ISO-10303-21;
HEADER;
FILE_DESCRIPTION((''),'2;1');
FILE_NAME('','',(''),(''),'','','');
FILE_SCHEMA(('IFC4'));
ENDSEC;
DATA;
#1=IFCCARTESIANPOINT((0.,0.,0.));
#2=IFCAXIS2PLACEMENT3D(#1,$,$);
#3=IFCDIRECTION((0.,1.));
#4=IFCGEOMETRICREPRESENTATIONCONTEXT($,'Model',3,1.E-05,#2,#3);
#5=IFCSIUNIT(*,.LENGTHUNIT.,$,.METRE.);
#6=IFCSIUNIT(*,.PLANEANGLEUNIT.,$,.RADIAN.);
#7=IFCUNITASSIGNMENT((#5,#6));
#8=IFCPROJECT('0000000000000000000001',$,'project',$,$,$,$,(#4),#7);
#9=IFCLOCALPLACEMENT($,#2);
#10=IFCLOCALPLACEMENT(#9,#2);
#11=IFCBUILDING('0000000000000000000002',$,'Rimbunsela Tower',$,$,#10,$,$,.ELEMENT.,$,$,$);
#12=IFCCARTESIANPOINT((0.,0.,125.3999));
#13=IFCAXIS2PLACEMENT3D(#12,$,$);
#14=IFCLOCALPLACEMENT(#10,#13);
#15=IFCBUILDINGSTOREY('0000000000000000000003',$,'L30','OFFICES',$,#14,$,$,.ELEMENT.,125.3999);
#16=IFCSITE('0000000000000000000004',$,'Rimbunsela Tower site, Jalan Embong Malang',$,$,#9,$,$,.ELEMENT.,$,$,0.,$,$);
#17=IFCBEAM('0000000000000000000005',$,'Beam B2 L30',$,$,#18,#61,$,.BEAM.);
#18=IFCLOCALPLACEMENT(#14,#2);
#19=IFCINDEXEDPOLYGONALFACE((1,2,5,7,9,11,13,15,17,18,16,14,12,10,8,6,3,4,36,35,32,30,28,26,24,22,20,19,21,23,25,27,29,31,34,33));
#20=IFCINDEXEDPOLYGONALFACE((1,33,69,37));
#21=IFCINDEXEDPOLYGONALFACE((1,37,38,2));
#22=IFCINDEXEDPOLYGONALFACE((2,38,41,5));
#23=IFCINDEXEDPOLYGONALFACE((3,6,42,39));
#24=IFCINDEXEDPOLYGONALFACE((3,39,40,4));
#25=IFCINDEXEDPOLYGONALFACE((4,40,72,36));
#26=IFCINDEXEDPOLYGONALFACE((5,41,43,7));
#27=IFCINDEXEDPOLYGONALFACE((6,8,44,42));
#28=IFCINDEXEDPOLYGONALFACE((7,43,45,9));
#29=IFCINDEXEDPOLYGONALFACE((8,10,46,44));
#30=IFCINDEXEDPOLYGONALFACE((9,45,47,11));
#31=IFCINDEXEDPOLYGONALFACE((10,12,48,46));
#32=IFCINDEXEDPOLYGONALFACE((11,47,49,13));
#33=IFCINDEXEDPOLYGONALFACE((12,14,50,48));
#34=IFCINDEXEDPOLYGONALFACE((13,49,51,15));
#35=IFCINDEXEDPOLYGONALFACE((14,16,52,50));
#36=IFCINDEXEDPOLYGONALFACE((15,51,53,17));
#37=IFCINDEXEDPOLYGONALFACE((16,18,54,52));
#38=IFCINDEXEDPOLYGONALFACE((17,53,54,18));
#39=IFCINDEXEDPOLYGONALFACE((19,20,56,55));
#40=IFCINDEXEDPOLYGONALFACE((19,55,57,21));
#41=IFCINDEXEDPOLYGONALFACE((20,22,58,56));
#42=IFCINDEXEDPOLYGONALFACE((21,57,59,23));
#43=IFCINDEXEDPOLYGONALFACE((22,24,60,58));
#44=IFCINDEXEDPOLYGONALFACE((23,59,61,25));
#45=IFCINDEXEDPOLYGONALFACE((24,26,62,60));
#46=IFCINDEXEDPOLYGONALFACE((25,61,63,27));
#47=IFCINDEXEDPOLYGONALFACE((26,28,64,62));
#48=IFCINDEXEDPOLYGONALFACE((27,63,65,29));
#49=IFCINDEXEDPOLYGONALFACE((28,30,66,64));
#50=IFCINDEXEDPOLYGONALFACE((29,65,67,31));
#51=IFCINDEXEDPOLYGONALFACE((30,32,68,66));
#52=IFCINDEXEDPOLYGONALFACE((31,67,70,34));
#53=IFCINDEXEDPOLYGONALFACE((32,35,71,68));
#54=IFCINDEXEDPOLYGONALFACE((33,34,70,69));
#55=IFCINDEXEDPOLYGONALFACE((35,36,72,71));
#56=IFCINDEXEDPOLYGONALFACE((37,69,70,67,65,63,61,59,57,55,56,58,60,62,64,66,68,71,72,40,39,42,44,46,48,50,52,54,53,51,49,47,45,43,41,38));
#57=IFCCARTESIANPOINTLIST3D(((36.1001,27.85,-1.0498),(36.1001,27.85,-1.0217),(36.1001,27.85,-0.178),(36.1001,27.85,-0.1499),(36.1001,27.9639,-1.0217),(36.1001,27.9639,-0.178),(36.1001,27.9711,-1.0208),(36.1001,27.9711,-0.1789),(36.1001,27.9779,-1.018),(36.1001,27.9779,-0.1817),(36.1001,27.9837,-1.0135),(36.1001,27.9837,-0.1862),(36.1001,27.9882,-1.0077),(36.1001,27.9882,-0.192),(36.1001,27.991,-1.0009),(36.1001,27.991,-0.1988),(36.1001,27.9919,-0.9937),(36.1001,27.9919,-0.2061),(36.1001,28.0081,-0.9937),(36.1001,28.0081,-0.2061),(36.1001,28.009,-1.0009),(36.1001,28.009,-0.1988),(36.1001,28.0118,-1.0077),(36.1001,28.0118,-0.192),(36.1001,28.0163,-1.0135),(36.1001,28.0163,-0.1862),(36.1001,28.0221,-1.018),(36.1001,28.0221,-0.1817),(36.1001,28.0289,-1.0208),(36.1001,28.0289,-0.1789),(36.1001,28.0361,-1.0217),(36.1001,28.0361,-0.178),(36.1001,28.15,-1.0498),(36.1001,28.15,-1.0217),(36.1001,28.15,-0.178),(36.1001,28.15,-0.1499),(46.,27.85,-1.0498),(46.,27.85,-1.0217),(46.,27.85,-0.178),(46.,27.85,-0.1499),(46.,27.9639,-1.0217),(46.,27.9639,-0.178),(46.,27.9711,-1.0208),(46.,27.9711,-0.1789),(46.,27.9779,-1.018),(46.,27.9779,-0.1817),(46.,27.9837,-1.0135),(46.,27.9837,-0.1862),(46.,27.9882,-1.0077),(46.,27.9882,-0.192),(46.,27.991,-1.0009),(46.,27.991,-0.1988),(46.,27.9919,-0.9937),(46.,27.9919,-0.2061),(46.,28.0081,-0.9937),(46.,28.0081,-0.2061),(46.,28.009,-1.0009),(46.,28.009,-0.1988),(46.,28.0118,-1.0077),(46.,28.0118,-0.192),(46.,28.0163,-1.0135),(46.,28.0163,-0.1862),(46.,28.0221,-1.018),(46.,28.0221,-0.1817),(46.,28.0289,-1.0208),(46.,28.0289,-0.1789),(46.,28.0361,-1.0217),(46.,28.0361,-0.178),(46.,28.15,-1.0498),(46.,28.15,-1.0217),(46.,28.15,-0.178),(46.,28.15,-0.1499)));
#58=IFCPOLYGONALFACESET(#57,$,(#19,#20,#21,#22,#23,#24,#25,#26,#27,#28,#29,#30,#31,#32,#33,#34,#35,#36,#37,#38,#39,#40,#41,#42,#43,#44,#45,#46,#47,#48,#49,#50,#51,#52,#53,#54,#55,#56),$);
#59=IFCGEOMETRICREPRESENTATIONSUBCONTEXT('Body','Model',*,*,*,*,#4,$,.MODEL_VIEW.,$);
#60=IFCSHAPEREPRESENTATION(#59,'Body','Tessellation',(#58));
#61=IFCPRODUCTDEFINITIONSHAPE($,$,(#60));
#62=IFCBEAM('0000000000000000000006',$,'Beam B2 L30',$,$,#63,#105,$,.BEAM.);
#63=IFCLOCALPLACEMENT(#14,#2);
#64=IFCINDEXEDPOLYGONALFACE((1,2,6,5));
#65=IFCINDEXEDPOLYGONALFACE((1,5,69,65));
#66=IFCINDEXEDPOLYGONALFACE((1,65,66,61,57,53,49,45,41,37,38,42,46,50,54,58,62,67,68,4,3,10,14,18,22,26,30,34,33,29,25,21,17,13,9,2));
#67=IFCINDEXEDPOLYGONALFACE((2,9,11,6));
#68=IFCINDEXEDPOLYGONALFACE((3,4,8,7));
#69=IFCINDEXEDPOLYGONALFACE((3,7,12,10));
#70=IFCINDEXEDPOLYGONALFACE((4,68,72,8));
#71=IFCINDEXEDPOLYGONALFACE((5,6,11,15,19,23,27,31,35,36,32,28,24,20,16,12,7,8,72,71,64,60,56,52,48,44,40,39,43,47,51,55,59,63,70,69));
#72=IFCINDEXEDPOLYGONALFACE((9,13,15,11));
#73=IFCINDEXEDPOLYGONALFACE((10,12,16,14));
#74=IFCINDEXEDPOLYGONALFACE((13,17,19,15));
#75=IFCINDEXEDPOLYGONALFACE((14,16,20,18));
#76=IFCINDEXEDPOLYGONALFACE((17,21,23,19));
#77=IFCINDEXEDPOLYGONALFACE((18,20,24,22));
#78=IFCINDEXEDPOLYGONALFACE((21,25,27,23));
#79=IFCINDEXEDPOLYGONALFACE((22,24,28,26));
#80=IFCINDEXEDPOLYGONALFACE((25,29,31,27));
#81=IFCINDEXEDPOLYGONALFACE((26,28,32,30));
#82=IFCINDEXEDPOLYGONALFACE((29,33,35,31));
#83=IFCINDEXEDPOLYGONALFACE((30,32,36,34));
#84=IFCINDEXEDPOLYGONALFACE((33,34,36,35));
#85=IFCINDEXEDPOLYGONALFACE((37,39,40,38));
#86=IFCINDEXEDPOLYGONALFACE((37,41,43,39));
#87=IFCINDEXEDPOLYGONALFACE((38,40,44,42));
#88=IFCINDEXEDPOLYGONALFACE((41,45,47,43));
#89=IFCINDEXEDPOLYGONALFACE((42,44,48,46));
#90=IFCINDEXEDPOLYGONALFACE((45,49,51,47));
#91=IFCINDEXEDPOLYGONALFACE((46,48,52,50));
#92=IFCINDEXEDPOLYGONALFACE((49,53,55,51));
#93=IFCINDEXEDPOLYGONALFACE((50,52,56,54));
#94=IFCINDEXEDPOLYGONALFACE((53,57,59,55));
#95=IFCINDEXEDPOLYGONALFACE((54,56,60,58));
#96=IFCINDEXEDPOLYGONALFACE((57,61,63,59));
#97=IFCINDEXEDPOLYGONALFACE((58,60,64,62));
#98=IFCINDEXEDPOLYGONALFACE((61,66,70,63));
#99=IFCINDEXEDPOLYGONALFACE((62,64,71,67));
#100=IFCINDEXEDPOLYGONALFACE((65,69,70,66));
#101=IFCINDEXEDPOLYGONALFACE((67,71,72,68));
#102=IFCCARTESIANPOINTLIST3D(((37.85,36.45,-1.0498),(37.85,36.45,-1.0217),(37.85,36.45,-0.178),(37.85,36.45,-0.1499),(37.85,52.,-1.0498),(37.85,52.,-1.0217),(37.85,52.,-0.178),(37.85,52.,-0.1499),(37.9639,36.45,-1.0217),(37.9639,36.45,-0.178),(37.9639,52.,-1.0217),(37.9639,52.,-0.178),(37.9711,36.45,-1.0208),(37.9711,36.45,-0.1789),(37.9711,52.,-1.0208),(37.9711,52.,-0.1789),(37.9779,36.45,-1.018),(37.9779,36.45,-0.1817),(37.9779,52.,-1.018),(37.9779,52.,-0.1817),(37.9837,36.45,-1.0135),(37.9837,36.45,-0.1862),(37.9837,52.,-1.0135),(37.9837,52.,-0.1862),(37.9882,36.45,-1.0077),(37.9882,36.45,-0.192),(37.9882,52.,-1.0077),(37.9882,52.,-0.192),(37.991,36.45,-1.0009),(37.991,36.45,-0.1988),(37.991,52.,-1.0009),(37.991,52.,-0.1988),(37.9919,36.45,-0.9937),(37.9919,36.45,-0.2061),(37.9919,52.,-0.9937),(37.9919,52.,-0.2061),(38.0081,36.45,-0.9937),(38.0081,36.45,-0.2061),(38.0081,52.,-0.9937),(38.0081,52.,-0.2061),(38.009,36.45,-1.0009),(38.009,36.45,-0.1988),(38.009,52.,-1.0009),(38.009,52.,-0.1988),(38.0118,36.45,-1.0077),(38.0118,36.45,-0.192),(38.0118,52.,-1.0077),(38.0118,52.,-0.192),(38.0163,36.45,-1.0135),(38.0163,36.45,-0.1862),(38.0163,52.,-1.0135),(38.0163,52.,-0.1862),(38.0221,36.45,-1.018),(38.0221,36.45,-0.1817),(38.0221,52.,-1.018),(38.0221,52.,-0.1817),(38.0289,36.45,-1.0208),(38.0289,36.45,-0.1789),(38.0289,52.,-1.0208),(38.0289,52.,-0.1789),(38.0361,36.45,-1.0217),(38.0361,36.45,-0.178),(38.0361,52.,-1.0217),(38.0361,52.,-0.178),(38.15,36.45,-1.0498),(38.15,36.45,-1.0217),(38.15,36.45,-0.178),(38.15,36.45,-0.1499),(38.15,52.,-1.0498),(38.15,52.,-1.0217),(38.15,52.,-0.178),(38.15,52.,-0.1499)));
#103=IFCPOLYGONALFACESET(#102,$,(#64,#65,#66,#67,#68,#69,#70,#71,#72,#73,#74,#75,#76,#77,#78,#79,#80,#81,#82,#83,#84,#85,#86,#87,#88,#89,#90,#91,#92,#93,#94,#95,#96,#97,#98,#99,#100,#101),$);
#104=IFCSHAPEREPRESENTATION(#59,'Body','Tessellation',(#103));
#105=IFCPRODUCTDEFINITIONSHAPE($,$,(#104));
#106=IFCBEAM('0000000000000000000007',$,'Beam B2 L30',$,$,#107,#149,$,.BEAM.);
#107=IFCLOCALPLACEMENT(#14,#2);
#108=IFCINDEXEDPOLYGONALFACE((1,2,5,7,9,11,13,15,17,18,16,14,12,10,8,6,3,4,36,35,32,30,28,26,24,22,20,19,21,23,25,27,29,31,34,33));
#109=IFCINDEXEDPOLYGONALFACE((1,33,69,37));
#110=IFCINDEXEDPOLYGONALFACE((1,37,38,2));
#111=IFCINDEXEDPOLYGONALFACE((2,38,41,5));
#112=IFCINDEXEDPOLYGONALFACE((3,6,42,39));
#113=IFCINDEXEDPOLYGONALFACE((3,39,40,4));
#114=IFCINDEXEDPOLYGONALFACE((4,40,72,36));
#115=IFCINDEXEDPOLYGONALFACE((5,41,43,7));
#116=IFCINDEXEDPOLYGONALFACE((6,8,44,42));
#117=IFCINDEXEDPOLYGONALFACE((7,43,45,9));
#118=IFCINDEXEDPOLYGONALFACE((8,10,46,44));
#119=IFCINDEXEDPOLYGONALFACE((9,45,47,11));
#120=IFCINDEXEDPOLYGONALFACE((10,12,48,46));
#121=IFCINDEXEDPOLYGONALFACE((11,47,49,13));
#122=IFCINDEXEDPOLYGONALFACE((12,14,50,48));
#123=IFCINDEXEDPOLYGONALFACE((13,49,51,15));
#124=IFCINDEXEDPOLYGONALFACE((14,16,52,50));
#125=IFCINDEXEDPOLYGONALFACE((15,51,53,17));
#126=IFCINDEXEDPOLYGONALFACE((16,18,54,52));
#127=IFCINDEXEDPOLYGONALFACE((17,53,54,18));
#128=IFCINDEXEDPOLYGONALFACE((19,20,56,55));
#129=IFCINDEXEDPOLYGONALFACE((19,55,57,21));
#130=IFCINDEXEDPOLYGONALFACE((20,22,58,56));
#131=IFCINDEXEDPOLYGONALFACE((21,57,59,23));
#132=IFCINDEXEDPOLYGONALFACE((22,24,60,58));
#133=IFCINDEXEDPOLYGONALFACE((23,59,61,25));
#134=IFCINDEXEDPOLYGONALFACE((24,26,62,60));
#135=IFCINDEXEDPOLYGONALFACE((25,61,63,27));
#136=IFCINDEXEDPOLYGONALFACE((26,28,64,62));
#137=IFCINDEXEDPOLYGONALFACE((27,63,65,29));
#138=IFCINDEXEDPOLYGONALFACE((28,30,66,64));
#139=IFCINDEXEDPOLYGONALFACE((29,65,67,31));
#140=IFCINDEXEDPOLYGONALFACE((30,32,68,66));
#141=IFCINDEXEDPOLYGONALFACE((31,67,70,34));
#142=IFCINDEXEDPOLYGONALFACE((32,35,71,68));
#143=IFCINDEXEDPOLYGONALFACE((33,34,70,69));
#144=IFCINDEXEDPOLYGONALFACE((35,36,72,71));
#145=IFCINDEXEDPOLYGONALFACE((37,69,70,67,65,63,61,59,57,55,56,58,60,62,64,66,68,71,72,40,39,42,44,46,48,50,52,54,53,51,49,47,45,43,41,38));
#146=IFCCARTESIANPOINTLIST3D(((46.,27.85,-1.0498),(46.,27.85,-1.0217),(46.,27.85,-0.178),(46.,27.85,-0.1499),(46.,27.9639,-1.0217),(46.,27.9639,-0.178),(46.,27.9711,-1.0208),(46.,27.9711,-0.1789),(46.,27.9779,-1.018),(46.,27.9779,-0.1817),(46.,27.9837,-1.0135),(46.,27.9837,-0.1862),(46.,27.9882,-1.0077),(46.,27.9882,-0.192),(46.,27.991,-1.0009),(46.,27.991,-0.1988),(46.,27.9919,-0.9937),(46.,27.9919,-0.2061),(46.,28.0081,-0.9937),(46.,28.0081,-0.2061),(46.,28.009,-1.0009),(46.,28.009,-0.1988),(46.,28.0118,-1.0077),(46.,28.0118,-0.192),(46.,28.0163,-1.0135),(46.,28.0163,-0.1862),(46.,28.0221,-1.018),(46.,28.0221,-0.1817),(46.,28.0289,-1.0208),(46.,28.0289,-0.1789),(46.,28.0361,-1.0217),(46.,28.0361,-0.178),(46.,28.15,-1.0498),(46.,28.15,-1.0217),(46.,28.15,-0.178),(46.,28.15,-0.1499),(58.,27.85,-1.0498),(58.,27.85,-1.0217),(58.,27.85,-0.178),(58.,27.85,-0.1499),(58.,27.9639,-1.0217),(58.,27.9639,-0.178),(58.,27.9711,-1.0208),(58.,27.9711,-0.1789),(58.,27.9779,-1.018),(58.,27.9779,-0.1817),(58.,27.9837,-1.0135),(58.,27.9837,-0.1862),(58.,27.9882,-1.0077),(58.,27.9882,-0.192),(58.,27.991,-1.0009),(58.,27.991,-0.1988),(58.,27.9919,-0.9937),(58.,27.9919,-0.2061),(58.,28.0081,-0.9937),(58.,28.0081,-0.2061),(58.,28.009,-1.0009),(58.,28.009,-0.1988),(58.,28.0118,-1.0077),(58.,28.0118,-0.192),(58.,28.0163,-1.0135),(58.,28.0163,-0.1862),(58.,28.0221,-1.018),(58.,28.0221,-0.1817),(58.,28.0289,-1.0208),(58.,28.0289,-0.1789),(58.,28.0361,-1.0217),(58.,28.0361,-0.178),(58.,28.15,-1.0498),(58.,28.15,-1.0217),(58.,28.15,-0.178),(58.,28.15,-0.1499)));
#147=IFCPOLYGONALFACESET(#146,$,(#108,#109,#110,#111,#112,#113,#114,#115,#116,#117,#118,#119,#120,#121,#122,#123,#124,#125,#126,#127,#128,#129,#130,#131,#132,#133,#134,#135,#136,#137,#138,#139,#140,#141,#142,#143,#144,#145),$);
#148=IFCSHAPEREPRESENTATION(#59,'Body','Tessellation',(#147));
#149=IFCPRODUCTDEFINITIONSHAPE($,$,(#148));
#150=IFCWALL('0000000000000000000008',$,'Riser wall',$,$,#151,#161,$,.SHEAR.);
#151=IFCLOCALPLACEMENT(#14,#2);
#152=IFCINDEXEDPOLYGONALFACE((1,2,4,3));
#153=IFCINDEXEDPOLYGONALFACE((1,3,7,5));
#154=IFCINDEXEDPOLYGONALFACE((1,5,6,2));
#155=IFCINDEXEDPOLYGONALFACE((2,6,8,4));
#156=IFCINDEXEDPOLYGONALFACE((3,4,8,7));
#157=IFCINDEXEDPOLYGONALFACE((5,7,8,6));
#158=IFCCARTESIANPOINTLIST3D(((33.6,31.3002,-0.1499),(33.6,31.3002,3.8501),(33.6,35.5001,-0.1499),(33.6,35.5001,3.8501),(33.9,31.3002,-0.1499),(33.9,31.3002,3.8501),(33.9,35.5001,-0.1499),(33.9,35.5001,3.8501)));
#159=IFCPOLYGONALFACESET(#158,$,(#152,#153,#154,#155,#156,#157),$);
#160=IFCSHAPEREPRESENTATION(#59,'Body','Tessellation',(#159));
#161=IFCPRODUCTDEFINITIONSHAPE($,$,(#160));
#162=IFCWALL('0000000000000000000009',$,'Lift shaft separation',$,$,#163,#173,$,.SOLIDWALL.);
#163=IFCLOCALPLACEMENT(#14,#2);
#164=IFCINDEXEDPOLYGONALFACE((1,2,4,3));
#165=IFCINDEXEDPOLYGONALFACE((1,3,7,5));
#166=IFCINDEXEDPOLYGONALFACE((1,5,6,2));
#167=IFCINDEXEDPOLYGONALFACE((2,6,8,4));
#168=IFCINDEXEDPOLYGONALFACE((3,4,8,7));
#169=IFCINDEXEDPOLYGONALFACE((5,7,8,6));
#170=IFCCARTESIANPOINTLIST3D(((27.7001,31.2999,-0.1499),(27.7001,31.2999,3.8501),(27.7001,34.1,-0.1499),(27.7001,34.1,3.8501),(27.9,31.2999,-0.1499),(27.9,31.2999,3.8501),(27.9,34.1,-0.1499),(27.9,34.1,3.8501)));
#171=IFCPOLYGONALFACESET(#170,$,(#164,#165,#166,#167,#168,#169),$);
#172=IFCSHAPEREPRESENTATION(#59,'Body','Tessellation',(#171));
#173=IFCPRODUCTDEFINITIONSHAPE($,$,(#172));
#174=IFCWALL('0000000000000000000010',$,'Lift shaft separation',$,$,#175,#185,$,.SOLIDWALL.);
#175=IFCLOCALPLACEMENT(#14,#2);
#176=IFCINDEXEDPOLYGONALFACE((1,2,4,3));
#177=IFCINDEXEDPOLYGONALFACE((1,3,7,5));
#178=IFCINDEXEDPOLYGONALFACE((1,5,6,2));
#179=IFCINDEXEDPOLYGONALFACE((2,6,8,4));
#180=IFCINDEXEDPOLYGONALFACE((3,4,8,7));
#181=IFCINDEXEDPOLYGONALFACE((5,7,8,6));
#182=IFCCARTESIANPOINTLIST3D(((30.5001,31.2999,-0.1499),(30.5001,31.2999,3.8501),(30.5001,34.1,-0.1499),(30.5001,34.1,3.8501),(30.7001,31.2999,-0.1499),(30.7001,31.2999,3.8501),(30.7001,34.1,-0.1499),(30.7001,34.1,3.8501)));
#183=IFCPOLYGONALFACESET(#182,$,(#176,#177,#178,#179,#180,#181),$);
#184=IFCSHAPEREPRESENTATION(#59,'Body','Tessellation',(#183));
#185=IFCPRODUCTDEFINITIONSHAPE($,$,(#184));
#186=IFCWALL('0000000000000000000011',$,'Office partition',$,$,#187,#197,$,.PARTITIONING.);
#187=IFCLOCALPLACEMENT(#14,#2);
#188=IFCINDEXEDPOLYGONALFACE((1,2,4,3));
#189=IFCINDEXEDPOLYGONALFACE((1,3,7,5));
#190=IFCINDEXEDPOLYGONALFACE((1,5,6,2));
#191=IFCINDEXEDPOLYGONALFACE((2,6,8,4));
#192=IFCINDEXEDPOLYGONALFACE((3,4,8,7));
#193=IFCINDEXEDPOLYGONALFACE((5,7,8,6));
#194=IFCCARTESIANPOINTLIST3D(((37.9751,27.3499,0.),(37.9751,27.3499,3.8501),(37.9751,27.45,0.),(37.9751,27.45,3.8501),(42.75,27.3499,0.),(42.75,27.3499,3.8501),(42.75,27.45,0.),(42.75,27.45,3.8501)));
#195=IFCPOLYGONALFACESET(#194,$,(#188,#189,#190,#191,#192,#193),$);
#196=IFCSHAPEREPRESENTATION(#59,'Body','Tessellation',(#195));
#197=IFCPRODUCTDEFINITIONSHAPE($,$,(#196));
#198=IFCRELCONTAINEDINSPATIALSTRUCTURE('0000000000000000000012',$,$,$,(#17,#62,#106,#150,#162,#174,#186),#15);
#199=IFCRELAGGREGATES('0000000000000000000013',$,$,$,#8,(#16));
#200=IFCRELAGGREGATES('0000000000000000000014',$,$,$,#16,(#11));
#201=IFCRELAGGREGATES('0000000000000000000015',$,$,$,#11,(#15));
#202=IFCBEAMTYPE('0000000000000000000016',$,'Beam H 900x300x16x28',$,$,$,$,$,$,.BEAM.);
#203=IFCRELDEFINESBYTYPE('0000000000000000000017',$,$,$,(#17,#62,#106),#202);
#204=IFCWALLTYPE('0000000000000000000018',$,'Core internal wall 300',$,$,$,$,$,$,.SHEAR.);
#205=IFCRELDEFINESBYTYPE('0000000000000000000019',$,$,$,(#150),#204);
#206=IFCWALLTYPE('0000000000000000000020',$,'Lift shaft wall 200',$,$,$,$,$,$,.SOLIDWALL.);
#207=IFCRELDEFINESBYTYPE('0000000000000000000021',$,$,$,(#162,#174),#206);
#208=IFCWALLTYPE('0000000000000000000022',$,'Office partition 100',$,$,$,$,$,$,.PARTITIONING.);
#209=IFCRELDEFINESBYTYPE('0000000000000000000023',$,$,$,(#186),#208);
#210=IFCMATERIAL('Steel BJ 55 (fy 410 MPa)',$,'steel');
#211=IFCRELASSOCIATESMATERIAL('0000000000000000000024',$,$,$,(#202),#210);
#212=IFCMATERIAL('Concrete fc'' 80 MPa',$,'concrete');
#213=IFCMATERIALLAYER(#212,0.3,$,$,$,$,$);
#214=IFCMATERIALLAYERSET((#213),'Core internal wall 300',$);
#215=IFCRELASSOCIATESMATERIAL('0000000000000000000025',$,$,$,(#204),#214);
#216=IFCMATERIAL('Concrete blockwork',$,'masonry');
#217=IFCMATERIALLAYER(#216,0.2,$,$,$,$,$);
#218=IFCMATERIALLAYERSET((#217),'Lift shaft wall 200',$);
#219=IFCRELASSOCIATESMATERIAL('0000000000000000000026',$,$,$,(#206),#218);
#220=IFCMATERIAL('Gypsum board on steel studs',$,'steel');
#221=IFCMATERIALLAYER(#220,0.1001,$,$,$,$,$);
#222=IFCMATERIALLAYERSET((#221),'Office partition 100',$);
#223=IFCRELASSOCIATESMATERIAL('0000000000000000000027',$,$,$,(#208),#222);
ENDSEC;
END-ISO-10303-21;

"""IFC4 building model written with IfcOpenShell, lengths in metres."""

from ifc_helpers import new_model, si_unit, direction, frame, frame_2d, origin, origin_2d, place, context, subcontext, project, spatial, rectangle, i_section, extrude, material, layer, layer_set, material_profile, profile_set, type_object, element, save


model = new_model("IFC4")

# Units and contexts
model_context = context("Model", 3, precision=1e-05, world=origin(), true_north=direction((0.0, 1.0)))
body_context = subcontext(model_context, "Body", "Model", "MODEL_VIEW")
ifc_project = project(units=[si_unit("LENGTHUNIT", "METRE"), si_unit("PLANEANGLEUNIT", "RADIAN")], contexts=[model_context])

# Site, building, storey
site_placement = place(None, origin())
site = spatial("IfcSite", under=ifc_project, at=site_placement, Name="Rimbunsela Tower site, Jalan Embong Malang", CompositionType="ELEMENT", RefElevation=0.0)
building_placement = place(site_placement, origin())
building = spatial("IfcBuilding", under=site, at=building_placement, Name="Rimbunsela Tower", CompositionType="ELEMENT")
storey_placement = place(building_placement, frame((0.0, 0.0, 125.3999)))
storey = spatial("IfcBuildingStorey", under=building, at=storey_placement, Name="L30", Description="OFFICES", CompositionType="ELEMENT", Elevation=125.3999)

# Beams
ifc_material_1 = material(Name="Steel BJ 55 (fy 410 MPa)", Category="steel")
ifc_material_profile_1 = material_profile(ifc_material_1, i_section(OverallWidth=0.3, OverallDepth=0.8999, WebThickness=0.0161, FlangeThickness=0.0281, FilletRadius=0.0281, at=origin_2d()), Name="H 900x300x16x28")
ifc_profile_set_1 = profile_set([ifc_material_profile_1], Name="Steel BJ 55 (fy 410 MPa)")
beam_type_1 = type_object("IfcBeamType", Name="Beam H 900x300x16x28", PredefinedType="BEAM", material=ifc_profile_set_1)
beam_1_placement = place(storey_placement, frame((36.1001, 28.0, -0.5999), z_axis=(1.0, 0.0, 0.0), x_axis=(0.0, 1.0, 0.0)))
element("IfcBeam", 1, at=beam_1_placement, inside=storey, type_object=beam_type_1, Name="Beam B2 L30", PredefinedType="BEAM", context=body_context, shape_type="SweptSolid", body=[
    extrude(i_section(OverallWidth=0.3, OverallDepth=0.8999, WebThickness=0.0161, FlangeThickness=0.0281, FilletRadius=0.0281, at=origin_2d()), origin(), (0.0, 0.0, 1.0), 9.8999),
])
beam_2_placement = place(storey_placement, frame((38.0, 36.45, -0.5999), z_axis=(0.0, 1.0, 0.0), x_axis=(-1.0, 0.0, 0.0)))
element("IfcBeam", 2, at=beam_2_placement, inside=storey, type_object=beam_type_1, Name="Beam B2 L30", PredefinedType="BEAM", context=body_context, shape_type="SweptSolid", body=[
    extrude(i_section(OverallWidth=0.3, OverallDepth=0.8999, WebThickness=0.0161, FlangeThickness=0.0281, FilletRadius=0.0281, at=origin_2d()), origin(), (0.0, 0.0, 1.0), 15.55),
])
beam_3_placement = place(storey_placement, frame((46.0, 28.0, -0.5999), z_axis=(1.0, 0.0, 0.0), x_axis=(0.0, 1.0, 0.0)))
element("IfcBeam", 3, at=beam_3_placement, inside=storey, type_object=beam_type_1, Name="Beam B2 L30", PredefinedType="BEAM", context=body_context, shape_type="SweptSolid", body=[
    extrude(i_section(OverallWidth=0.3, OverallDepth=0.8999, WebThickness=0.0161, FlangeThickness=0.0281, FilletRadius=0.0281, at=origin_2d()), origin(), (0.0, 0.0, 1.0), 12.0),
])

# Walls
ifc_material_2 = material(Name="Concrete fc' 80 MPa", Category="concrete")
ifc_layer_1 = layer(ifc_material_2, 0.3)
ifc_layer_set_1 = layer_set([ifc_layer_1], Name="Core internal wall 300")
wall_type_1 = type_object("IfcWallType", Name="Core internal wall 300", PredefinedType="SHEAR", material=ifc_layer_set_1)
wall_1_placement = place(storey_placement, frame((33.75, 31.3, -0.1499), z_axis=(0.0, 0.0, 1.0), x_axis=(0.0, 1.0, 0.0)))
element("IfcWall", 4, at=wall_1_placement, inside=storey, type_object=wall_type_1, Name="Riser wall", PredefinedType="SHEAR", context=body_context, shape_type="SweptSolid", body=[
    extrude(rectangle(XDim=4.2, YDim=0.3, at=frame_2d((2.1001, 0.0))), origin(), (0.0, 0.0, 1.0), 4.0),
])
ifc_material_3 = material(Name="Concrete blockwork", Category="masonry")
ifc_layer_2 = layer(ifc_material_3, 0.2)
ifc_layer_set_2 = layer_set([ifc_layer_2], Name="Lift shaft wall 200")
wall_type_2 = type_object("IfcWallType", Name="Lift shaft wall 200", PredefinedType="SOLIDWALL", material=ifc_layer_set_2)
for number, where, z_axis, x_axis, name in (
    (5, (27.8, 31.3, -0.1499), (0.0, 0.0, 1.0), (0.0, 1.0, 0.0), "Lift shaft separation"),
    (6, (30.6001, 31.3, -0.1499), (0.0, 0.0, 1.0), (0.0, 1.0, 0.0), "Lift shaft separation"),
):
    element("IfcWall", number, at=place(storey_placement, frame(where, z_axis=z_axis, x_axis=x_axis)), inside=storey, type_object=wall_type_2, Name=name, PredefinedType="SOLIDWALL", context=body_context, shape_type="SweptSolid", body=[
        extrude(rectangle(XDim=2.8, YDim=0.2, at=frame_2d((1.3999, 0.0))), origin(), (0.0, 0.0, 1.0), 4.0),
    ])
ifc_material_4 = material(Name="Gypsum board on steel studs", Category="steel")
ifc_layer_3 = layer(ifc_material_4, 0.1001)
ifc_layer_set_3 = layer_set([ifc_layer_3], Name="Office partition 100")
wall_type_3 = type_object("IfcWallType", Name="Office partition 100", PredefinedType="PARTITIONING", material=ifc_layer_set_3)
for number, where, z_axis, x_axis, name in (
    (7, (37.9751, 27.3999, 0.0), (0.0, 0.0, 1.0), (1.0, 0.0, 0.0), "Office partition"),
):
    element("IfcWall", number, at=place(storey_placement, frame(where, z_axis=z_axis, x_axis=x_axis)), inside=storey, type_object=wall_type_3, Name=name, PredefinedType="PARTITIONING", context=body_context, shape_type="SweptSolid", body=[
        extrude(rectangle(XDim=4.7749, YDim=0.1001, at=frame_2d((2.3875, 0.0))), origin(), (0.0, 0.0, 1.0), 3.8501),
    ])

save(model, "model.ifc")
